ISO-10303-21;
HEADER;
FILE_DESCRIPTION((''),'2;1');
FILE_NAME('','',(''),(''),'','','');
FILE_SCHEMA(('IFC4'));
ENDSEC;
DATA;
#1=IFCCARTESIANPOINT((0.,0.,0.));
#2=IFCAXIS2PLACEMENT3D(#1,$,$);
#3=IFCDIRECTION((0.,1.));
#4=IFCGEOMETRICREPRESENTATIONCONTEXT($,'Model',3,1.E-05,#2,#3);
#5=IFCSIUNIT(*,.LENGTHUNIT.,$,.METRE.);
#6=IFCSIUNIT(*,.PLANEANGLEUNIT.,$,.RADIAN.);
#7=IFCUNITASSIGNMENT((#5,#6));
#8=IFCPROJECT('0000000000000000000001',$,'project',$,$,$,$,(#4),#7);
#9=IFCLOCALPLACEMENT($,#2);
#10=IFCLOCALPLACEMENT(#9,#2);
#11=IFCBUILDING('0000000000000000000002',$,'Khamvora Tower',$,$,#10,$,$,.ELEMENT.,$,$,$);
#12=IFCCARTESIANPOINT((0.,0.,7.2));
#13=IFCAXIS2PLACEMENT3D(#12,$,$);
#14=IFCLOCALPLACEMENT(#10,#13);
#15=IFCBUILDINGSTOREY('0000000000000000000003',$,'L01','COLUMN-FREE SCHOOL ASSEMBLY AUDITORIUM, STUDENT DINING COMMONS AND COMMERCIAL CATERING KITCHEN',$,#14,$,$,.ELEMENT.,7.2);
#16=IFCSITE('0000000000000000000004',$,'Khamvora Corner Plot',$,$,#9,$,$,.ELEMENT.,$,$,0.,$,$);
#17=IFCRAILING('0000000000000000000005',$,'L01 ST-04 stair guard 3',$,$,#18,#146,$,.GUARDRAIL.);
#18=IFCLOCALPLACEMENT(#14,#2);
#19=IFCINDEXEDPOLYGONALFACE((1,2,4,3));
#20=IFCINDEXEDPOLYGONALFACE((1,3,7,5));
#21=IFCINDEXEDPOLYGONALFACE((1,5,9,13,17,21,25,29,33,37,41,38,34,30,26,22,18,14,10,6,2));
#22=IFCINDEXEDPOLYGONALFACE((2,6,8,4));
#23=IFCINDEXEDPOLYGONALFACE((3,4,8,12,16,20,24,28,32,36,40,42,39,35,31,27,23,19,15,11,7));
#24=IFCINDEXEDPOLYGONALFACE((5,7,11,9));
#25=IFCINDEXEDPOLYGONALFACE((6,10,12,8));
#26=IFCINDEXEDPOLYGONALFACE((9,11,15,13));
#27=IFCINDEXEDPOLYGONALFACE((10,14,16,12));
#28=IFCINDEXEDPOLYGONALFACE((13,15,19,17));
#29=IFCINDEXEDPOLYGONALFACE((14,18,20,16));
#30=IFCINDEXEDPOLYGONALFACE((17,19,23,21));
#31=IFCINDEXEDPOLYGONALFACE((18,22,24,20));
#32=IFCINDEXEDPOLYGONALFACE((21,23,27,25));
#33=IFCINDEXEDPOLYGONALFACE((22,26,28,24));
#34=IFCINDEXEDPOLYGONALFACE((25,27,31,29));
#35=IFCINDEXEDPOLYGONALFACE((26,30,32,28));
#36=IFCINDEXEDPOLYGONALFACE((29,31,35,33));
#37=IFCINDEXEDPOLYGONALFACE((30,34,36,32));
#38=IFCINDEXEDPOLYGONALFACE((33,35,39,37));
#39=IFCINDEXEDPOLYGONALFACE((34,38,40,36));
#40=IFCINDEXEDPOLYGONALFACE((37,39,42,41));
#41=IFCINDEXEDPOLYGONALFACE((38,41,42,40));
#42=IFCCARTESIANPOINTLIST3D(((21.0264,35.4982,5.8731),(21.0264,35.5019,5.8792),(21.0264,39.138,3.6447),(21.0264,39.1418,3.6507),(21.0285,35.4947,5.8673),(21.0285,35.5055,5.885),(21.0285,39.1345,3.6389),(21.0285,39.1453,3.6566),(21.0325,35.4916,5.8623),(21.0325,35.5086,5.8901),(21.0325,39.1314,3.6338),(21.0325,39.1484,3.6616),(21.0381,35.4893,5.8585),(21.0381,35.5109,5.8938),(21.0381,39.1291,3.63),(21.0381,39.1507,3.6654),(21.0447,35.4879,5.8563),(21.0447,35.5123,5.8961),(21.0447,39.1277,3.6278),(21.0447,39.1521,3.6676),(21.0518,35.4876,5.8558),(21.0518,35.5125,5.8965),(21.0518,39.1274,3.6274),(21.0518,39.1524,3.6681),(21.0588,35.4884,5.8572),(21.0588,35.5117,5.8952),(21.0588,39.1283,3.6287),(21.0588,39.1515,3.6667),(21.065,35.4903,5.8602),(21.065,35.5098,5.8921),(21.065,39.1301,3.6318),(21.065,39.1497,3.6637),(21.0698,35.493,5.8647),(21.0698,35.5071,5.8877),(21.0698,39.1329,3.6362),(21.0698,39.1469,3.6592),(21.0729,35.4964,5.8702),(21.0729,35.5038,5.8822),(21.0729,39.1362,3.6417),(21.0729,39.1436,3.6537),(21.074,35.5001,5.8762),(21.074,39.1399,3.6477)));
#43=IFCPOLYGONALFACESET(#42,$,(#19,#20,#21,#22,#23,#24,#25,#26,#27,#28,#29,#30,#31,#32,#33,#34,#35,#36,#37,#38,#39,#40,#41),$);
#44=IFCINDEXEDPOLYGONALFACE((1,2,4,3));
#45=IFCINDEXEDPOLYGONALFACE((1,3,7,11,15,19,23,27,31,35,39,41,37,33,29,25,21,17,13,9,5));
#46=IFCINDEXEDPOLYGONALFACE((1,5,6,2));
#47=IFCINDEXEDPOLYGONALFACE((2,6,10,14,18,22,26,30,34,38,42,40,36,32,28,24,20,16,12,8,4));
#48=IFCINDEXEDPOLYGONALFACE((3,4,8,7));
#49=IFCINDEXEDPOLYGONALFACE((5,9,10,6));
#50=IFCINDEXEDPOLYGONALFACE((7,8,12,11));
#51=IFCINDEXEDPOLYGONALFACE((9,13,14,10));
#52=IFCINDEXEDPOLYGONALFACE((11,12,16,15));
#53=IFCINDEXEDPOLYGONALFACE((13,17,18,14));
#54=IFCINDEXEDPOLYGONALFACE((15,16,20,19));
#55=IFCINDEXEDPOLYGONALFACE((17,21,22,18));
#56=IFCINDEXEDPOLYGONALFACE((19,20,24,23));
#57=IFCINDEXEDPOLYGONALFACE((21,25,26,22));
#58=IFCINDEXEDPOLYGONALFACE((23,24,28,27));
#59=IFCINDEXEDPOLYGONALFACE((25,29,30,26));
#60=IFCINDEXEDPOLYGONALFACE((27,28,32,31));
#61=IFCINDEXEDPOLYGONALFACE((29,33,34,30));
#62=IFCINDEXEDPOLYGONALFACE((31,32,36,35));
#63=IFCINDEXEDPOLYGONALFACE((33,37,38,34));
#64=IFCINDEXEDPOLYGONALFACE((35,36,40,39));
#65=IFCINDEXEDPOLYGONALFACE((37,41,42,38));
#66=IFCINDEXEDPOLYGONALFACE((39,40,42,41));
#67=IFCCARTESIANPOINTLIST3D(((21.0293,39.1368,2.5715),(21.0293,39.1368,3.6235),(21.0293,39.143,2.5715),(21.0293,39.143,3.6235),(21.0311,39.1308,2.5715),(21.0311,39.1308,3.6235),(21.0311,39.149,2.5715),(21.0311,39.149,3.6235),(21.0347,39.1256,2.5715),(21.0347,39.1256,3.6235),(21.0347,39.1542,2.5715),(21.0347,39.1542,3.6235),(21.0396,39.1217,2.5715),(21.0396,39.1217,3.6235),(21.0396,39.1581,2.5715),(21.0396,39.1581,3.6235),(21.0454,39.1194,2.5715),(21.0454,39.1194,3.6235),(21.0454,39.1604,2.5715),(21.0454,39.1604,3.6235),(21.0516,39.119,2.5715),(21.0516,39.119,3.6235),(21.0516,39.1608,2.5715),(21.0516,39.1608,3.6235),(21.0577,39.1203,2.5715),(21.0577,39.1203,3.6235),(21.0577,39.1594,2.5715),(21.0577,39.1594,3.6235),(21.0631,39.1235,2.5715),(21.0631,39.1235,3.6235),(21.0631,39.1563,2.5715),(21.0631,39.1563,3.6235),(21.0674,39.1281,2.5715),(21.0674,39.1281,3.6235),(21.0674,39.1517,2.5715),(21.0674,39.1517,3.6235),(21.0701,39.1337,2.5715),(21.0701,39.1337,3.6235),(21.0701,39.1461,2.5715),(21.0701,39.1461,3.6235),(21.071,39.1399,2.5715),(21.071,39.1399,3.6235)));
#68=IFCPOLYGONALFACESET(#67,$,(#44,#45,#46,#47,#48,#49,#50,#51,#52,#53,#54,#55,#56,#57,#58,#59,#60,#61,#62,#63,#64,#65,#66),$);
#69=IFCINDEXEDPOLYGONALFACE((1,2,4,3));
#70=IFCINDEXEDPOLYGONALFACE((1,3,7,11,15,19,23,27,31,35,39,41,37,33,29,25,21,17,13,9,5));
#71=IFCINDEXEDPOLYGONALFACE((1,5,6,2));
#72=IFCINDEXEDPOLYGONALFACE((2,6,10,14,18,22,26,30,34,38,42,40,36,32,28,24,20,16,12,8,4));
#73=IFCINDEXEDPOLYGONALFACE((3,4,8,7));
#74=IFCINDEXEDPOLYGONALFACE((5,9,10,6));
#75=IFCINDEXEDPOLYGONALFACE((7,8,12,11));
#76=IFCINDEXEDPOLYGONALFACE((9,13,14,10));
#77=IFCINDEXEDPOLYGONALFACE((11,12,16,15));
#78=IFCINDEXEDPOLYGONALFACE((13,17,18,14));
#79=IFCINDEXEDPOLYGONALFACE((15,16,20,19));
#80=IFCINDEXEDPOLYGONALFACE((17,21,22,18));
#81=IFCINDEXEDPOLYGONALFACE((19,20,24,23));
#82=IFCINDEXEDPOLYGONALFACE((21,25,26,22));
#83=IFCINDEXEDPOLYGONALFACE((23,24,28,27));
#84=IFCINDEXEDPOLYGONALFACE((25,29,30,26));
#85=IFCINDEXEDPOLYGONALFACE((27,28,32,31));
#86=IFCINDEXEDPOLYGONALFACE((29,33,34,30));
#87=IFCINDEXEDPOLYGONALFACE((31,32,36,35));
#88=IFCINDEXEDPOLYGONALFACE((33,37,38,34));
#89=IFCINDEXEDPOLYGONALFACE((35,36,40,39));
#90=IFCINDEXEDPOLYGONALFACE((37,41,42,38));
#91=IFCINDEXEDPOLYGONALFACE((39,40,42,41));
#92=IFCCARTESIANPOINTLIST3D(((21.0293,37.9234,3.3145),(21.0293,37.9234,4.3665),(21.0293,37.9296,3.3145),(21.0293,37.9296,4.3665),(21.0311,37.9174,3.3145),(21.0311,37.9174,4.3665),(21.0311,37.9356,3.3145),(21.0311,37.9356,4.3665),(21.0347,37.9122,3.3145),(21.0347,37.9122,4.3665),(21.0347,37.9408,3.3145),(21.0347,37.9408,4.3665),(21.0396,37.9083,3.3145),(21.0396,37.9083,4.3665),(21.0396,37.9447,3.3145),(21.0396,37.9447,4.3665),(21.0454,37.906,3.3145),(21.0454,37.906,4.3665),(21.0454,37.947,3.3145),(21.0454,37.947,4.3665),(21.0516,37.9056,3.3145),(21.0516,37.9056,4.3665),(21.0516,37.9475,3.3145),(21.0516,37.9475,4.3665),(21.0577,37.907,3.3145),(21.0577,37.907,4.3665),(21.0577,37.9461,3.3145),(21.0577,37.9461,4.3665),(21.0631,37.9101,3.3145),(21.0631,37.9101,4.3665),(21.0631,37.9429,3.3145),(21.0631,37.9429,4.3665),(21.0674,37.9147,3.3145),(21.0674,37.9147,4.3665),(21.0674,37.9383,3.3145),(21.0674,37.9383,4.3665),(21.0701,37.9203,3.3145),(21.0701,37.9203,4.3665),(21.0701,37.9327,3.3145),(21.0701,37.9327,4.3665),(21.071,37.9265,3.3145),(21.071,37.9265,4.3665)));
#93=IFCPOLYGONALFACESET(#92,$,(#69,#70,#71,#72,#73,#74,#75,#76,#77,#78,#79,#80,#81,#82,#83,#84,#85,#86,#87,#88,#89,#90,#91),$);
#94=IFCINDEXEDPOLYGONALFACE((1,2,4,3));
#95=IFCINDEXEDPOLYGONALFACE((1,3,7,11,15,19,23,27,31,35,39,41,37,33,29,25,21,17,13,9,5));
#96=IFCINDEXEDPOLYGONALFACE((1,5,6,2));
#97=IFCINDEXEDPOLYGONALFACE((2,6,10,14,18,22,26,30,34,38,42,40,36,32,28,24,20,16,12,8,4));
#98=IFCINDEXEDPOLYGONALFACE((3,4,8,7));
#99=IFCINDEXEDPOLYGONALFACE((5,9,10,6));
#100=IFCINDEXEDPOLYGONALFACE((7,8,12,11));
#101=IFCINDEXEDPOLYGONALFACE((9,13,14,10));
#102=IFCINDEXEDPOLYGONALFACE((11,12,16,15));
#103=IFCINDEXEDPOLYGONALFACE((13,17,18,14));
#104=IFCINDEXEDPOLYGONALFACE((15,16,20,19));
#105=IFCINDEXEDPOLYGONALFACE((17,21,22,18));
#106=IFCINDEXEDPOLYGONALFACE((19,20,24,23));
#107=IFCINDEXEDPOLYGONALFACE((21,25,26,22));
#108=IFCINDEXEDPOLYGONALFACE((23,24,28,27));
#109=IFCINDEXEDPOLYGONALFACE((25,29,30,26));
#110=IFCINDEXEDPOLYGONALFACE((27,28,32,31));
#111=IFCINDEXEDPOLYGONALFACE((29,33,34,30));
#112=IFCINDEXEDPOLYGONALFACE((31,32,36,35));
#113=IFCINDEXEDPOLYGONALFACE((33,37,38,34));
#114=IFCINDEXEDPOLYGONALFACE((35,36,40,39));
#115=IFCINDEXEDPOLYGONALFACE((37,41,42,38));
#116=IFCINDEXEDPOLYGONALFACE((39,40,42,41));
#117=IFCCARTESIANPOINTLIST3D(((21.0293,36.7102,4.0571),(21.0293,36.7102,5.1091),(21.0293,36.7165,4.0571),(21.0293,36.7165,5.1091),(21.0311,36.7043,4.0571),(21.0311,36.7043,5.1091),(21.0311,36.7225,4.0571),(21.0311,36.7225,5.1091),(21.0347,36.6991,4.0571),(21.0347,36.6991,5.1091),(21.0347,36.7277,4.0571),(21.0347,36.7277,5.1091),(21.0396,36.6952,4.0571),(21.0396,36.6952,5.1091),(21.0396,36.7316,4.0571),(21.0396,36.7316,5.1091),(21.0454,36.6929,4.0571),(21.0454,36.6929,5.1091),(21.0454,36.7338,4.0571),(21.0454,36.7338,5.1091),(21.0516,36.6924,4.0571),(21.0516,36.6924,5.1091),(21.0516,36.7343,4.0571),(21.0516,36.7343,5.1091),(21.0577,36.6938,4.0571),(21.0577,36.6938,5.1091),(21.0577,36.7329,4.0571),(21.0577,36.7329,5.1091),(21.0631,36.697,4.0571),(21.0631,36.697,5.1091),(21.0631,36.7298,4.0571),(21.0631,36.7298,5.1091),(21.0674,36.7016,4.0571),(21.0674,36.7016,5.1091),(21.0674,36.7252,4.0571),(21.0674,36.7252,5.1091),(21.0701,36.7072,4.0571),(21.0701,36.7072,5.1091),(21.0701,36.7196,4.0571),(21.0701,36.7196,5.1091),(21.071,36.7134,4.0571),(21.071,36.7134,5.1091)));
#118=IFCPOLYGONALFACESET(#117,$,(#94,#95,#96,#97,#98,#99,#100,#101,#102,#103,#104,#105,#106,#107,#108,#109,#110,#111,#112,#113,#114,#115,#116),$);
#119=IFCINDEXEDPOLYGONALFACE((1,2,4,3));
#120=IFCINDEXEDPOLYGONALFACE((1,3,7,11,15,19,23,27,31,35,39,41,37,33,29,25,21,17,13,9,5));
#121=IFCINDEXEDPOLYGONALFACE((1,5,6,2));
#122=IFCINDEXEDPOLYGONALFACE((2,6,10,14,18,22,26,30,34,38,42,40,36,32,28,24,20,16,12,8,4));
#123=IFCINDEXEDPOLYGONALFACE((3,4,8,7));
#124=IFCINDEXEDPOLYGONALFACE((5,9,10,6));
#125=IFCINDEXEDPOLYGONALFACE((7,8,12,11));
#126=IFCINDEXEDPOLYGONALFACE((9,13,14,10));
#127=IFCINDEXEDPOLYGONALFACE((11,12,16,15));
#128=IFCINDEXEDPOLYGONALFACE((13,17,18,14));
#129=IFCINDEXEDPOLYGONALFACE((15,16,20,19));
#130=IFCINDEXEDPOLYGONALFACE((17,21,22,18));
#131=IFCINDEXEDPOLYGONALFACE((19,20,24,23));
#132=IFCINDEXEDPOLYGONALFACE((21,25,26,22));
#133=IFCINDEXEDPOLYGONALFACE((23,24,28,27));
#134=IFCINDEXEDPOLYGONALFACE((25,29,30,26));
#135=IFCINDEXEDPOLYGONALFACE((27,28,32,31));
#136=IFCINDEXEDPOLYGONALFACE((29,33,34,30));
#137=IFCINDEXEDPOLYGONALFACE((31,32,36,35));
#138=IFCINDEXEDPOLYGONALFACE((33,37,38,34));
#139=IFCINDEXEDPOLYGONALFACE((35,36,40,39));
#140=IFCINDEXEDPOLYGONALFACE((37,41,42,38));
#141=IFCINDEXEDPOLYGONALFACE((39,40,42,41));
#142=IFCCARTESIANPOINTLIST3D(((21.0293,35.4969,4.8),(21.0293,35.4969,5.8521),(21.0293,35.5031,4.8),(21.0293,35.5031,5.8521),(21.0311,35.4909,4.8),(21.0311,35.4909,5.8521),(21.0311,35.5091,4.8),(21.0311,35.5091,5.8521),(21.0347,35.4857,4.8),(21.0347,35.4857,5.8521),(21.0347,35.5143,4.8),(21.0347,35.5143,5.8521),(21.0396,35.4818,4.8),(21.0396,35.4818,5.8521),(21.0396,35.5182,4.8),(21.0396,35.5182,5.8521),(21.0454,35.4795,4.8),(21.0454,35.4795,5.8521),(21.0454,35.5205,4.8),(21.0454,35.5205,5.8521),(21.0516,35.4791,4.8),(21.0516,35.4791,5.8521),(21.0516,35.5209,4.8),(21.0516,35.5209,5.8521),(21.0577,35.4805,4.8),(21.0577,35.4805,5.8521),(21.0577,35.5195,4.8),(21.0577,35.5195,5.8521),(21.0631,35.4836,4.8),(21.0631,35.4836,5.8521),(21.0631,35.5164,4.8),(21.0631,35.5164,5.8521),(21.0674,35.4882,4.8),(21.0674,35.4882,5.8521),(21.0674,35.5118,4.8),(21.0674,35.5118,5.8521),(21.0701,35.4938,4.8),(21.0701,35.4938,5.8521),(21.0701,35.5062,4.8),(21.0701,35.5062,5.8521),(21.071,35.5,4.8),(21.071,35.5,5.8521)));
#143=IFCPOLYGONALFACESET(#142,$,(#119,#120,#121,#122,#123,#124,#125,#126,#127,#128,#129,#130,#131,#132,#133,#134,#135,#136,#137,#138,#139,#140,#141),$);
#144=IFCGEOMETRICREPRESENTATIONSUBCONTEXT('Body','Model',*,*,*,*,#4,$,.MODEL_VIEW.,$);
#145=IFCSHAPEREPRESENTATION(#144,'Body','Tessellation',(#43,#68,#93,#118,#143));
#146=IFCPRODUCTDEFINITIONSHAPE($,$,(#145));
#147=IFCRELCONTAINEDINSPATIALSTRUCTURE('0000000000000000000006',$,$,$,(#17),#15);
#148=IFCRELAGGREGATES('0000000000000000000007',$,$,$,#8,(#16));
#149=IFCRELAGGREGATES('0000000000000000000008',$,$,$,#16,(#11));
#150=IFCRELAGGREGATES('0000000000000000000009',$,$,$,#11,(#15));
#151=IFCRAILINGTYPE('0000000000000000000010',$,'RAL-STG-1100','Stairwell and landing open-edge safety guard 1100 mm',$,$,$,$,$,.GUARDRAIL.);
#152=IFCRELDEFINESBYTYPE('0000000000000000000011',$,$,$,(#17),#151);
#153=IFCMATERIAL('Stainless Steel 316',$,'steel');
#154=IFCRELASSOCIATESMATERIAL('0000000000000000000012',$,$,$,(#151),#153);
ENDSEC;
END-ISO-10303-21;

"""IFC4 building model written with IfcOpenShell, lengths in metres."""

from ifc_helpers import new_model, si_unit, direction, frame, origin, origin_2d, place, context, subcontext, project, spatial, circle, extrude, material, type_object, element, save


model = new_model("IFC4")

# Units and contexts
model_context = context("Model", 3, precision=1e-05, world=origin(), true_north=direction((0.0, 1.0)))
body_context = subcontext(model_context, "Body", "Model", "MODEL_VIEW")
ifc_project = project(units=[si_unit("LENGTHUNIT", "METRE"), si_unit("PLANEANGLEUNIT", "RADIAN")], contexts=[model_context])

# Site, building, storey
site_placement = place(None, origin())
site = spatial("IfcSite", under=ifc_project, at=site_placement, Name="Khamvora Corner Plot", CompositionType="ELEMENT", RefElevation=0.0)
building_placement = place(site_placement, origin())
building = spatial("IfcBuilding", under=site, at=building_placement, Name="Khamvora Tower", CompositionType="ELEMENT")
storey_placement = place(building_placement, frame((0.0, 0.0, 7.2)))
storey = spatial("IfcBuildingStorey", under=building, at=storey_placement, Name="L01", Description="COLUMN-FREE SCHOOL ASSEMBLY AUDITORIUM, STUDENT DINING COMMONS AND COMMERCIAL CATERING KITCHEN", CompositionType="ELEMENT", Elevation=7.2)

# Railing
ifc_material_1 = material(Name="Stainless Steel 316", Category="steel")
railing_type_1 = type_object("IfcRailingType", Name="RAL-STG-1100", Description="Stairwell and landing open-edge safety guard 1100 mm", PredefinedType="GUARDRAIL", material=ifc_material_1)
railing_1_placement = place(storey_placement, frame((21.05, 39.1399, 2.5715)))
element("IfcRailing", 1, at=railing_1_placement, inside=storey, type_object=railing_type_1, Name="L01 ST-04 stair guard 3", PredefinedType="GUARDRAIL", context=body_context, shape_type="SweptSolid", body=[
    extrude(circle(Radius=0.0239, at=origin_2d()), frame((0.0, 0.0, 1.0762), z_axis=(0.0, -0.85285, 0.522156), x_axis=(1.0, 0.0, 0.0)), (0.0, 0.0, 1.0), 4.2678),
    extrude(circle(Radius=0.021, at=origin_2d()), origin(), (0.0, 0.0, 1.0), 1.052),
    extrude(circle(Radius=0.021, at=origin_2d()), frame((0.0, -1.2134, 0.7429)), (0.0, 0.0, 1.0), 1.052),
    extrude(circle(Radius=0.021, at=origin_2d()), frame((0.0, -2.4265, 1.4856)), (0.0, 0.0, 1.0), 1.052),
    extrude(circle(Radius=0.021, at=origin_2d()), frame((0.0, -3.6399, 2.2285)), (0.0, 0.0, 1.0), 1.052),
])

save(model, "model.ifc")
